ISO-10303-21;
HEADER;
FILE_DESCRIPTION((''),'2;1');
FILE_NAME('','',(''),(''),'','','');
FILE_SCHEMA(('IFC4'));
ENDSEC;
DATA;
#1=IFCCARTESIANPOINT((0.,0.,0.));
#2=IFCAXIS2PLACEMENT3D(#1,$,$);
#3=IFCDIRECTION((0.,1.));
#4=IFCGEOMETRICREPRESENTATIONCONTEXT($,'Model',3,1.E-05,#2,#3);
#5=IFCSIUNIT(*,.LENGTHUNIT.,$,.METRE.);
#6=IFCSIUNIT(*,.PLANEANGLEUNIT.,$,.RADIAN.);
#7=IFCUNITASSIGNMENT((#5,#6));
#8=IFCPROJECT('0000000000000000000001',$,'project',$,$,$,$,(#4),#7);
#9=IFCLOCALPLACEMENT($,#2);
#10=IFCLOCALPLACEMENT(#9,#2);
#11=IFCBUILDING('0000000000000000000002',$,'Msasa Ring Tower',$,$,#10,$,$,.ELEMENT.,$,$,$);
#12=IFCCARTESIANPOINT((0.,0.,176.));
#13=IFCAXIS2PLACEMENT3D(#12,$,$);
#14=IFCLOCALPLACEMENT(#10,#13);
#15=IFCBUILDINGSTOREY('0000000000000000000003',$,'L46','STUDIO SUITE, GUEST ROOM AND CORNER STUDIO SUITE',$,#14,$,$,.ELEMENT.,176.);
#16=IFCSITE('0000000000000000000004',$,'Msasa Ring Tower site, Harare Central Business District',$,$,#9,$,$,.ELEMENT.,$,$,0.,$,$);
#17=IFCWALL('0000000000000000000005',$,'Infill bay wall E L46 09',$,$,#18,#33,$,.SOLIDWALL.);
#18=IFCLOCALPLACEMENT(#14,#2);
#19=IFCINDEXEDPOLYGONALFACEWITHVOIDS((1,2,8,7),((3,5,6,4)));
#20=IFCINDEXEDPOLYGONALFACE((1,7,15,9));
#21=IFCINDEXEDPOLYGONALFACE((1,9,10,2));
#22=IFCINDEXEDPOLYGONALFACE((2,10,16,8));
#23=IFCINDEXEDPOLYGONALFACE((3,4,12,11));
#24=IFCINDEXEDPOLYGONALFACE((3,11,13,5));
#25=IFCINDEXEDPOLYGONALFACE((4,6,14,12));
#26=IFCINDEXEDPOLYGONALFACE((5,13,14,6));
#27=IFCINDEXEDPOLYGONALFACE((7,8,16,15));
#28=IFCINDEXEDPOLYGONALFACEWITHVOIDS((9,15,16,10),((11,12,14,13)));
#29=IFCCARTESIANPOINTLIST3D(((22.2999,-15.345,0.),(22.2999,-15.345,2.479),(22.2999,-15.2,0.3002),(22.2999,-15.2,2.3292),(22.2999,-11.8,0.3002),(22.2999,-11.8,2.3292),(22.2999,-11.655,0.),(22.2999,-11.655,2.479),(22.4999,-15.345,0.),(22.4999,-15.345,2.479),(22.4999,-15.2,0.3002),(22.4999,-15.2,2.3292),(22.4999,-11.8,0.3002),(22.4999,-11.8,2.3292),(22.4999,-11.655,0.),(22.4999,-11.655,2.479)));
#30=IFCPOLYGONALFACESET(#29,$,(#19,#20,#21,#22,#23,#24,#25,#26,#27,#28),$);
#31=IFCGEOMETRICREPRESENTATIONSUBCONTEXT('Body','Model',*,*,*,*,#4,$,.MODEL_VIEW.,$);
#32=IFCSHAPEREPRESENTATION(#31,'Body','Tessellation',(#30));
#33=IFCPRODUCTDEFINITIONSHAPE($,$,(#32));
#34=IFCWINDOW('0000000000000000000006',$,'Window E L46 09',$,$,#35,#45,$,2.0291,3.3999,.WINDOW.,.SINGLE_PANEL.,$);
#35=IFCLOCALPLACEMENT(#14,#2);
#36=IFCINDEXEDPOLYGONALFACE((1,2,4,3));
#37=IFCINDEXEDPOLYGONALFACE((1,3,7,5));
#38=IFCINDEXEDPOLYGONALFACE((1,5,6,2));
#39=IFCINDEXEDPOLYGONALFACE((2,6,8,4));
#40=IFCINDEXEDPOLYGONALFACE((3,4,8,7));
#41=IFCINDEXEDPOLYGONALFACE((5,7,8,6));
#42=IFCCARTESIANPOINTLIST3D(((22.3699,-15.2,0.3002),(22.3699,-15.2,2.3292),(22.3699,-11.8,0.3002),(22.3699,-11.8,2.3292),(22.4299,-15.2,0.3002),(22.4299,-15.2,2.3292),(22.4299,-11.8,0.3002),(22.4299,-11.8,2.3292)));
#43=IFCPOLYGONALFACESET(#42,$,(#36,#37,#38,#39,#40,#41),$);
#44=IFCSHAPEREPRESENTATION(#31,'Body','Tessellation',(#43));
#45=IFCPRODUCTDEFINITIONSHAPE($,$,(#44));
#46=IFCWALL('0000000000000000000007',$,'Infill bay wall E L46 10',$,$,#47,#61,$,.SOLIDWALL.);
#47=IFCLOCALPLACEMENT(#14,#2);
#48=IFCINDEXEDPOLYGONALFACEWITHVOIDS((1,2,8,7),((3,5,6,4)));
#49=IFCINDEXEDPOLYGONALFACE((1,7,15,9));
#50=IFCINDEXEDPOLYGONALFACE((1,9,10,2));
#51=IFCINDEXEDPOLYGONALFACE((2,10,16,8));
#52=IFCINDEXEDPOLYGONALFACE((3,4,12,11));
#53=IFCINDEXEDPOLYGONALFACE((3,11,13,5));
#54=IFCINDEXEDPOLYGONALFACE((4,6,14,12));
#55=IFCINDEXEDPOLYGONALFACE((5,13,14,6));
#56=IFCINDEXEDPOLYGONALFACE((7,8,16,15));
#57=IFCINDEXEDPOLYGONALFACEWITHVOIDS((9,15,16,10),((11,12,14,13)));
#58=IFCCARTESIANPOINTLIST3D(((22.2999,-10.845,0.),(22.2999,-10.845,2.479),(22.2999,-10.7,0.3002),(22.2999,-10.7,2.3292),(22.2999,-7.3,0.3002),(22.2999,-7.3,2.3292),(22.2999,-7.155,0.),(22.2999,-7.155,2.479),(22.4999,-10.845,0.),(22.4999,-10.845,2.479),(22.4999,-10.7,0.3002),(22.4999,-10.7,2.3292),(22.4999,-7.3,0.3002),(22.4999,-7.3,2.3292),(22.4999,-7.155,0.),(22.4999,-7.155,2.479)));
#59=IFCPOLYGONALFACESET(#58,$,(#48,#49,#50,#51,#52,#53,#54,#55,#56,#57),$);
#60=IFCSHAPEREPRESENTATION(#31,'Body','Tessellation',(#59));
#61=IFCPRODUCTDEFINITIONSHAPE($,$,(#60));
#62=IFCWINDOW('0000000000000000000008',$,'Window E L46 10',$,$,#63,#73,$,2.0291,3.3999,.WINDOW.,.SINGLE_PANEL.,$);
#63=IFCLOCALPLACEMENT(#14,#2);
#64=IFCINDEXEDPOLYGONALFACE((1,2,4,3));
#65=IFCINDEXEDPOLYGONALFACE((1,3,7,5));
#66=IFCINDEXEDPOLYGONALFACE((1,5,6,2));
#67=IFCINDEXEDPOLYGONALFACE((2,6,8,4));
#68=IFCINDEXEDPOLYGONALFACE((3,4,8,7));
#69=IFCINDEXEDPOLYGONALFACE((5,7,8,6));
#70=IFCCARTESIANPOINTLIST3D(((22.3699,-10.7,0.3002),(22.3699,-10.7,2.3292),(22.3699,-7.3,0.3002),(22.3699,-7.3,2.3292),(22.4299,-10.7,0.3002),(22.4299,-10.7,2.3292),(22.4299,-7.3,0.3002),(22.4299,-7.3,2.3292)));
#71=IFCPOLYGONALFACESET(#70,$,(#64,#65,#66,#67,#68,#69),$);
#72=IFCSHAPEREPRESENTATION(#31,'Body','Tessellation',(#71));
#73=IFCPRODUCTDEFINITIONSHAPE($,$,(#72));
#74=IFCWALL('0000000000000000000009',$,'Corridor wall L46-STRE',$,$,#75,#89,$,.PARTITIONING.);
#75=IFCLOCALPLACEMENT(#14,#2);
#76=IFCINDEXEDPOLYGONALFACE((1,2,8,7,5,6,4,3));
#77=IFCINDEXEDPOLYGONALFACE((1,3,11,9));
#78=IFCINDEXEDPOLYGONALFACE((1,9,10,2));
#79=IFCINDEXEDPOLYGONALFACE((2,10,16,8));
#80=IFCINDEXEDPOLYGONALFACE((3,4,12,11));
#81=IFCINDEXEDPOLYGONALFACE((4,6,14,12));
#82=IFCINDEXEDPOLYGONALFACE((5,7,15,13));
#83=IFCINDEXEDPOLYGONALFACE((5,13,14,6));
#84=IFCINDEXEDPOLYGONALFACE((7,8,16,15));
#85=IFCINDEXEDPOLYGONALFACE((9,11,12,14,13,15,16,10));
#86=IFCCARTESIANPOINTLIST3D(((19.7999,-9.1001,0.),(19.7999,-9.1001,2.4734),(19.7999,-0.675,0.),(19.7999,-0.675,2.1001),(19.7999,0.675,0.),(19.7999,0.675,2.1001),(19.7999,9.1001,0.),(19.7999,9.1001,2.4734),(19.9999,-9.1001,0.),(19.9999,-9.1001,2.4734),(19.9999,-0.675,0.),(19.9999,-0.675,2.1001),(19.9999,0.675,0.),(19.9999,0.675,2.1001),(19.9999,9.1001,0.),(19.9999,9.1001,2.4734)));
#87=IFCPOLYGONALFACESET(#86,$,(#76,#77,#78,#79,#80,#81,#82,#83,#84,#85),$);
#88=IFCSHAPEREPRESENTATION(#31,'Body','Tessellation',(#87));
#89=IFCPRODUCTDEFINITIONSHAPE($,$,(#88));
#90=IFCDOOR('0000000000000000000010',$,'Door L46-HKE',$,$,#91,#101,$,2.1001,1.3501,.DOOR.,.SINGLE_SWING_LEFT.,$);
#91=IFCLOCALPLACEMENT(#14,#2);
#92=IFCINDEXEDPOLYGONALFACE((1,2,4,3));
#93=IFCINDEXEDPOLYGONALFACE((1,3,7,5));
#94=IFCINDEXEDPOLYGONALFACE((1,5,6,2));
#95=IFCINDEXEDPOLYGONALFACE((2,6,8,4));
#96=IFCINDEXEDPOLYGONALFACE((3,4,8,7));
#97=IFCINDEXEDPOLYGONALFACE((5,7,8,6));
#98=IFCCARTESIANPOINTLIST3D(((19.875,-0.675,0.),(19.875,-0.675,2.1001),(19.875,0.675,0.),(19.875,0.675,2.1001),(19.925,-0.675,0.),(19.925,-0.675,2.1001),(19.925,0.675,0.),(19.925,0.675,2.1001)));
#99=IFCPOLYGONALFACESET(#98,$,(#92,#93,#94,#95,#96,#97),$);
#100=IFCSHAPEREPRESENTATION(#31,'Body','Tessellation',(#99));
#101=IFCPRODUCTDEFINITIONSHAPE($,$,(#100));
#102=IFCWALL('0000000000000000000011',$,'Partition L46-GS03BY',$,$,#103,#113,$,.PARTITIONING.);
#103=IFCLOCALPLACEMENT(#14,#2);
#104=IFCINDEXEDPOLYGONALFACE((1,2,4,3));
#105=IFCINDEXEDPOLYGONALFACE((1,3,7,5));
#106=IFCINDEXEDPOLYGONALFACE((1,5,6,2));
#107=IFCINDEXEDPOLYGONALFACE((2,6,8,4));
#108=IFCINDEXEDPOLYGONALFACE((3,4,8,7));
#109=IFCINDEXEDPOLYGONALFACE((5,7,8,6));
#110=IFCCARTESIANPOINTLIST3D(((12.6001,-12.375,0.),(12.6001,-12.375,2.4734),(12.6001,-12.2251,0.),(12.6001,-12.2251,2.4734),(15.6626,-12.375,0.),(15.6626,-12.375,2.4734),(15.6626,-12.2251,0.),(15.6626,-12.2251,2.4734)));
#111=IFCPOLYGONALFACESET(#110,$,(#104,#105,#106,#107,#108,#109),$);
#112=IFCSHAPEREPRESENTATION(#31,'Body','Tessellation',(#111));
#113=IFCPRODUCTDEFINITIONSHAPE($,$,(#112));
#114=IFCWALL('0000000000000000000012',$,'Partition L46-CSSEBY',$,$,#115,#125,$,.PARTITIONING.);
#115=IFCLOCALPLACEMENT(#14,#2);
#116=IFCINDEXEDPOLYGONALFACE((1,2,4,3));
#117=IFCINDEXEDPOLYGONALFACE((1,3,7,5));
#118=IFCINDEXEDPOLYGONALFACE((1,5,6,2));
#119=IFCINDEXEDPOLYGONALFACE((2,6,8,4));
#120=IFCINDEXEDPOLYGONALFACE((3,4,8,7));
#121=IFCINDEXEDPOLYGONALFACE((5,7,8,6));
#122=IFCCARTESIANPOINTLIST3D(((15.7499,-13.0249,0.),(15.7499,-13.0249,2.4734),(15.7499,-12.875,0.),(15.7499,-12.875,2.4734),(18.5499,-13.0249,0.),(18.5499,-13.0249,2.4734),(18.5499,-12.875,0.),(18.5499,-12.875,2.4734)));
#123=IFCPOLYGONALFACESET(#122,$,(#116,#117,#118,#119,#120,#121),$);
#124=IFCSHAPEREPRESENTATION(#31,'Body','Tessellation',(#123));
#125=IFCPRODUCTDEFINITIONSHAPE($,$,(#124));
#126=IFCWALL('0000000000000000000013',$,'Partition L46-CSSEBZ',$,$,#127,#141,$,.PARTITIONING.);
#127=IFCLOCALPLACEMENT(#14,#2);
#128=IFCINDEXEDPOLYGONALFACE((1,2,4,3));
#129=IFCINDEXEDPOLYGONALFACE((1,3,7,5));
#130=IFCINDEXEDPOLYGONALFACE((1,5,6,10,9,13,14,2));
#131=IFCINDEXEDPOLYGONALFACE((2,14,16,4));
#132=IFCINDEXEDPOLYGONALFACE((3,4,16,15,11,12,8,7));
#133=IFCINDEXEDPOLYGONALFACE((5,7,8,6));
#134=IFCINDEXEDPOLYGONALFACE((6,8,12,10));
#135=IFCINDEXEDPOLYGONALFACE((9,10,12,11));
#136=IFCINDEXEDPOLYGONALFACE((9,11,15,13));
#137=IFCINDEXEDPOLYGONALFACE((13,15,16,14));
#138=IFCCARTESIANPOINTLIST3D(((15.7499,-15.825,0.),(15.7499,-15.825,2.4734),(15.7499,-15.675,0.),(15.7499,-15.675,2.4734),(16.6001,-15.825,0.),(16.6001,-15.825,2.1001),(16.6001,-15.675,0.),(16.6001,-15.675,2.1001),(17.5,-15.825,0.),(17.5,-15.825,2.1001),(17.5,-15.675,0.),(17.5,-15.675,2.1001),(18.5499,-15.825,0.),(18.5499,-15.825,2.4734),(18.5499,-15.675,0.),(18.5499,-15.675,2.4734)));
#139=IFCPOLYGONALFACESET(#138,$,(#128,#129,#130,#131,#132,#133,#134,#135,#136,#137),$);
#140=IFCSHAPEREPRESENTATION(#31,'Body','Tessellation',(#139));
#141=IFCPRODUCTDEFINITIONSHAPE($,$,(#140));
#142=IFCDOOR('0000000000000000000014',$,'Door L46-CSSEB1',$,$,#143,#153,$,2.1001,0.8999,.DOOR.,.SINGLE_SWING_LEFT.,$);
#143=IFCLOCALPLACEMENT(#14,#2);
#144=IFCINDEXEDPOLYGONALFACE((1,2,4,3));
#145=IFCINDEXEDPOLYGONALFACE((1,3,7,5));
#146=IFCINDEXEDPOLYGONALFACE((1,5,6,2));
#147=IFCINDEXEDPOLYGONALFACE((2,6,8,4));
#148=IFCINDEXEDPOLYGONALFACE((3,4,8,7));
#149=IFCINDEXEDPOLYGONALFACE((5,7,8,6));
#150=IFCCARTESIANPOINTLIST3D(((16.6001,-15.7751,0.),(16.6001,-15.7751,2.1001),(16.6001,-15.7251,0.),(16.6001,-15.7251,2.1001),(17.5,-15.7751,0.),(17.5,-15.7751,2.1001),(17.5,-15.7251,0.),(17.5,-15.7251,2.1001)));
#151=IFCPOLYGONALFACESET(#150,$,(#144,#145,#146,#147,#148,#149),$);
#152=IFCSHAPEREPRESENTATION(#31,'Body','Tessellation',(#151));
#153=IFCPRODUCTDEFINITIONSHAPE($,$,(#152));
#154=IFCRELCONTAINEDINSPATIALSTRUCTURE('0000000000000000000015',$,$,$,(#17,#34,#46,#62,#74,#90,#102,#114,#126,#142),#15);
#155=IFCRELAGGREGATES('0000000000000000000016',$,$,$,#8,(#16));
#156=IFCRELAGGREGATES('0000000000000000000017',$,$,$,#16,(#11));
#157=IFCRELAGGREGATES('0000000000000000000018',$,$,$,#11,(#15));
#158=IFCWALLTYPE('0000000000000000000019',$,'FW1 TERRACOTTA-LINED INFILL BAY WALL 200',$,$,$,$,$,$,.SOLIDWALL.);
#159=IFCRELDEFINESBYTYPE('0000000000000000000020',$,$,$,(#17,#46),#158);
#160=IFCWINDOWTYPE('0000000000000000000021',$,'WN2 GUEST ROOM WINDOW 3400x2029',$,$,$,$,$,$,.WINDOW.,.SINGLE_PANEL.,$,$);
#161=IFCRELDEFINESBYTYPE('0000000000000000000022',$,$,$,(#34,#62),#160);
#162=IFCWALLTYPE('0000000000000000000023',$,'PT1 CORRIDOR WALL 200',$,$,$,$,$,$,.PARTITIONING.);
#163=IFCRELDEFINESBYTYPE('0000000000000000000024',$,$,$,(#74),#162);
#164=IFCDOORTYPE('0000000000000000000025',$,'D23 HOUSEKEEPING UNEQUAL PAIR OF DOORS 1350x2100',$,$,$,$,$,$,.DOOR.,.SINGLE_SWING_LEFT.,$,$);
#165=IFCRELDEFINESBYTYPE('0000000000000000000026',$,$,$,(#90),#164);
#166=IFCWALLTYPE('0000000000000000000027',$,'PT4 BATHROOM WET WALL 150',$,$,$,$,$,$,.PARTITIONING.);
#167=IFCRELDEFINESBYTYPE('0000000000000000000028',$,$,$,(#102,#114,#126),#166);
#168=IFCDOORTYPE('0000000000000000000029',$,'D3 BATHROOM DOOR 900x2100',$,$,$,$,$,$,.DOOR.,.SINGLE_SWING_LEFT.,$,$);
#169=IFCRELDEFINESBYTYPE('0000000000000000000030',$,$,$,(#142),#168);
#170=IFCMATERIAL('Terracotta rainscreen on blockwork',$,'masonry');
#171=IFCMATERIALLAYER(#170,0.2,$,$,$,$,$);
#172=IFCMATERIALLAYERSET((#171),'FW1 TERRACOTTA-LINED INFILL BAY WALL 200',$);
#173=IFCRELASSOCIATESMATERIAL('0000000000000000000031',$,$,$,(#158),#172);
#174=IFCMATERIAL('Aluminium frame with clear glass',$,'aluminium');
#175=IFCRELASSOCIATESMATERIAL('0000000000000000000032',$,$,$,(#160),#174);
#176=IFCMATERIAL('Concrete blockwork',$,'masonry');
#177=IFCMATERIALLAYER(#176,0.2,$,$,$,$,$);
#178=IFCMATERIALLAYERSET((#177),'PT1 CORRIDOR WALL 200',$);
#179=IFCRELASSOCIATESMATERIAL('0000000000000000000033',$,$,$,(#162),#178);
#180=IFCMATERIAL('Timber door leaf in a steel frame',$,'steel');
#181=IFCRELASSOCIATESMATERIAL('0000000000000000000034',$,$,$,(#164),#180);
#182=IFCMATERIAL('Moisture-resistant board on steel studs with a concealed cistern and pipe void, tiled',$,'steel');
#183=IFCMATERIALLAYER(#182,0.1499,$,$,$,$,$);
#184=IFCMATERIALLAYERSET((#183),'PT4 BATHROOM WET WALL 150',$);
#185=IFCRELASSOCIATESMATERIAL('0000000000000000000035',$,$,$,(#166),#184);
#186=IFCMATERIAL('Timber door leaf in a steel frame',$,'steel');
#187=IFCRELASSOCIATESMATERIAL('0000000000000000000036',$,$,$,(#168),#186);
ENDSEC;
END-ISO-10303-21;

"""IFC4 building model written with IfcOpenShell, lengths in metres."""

from ifc_helpers import new_model, si_unit, direction, frame, frame_2d, origin, place, context, subcontext, project, spatial, rectangle, extrude, material, layer, layer_set, type_object, element, fill, save


model = new_model("IFC4")

# Units and contexts
model_context = context("Model", 3, precision=1e-05, world=origin(), true_north=direction((0.0, 1.0)))
body_context = subcontext(model_context, "Body", "Model", "MODEL_VIEW")
ifc_project = project(units=[si_unit("LENGTHUNIT", "METRE"), si_unit("PLANEANGLEUNIT", "RADIAN")], contexts=[model_context])

# Site, building, storey
site_placement = place(None, origin())
site = spatial("IfcSite", under=ifc_project, at=site_placement, Name="Msasa Ring Tower site, Harare Central Business District", CompositionType="ELEMENT", RefElevation=0.0)
building_placement = place(site_placement, origin())
building = spatial("IfcBuilding", under=site, at=building_placement, Name="Msasa Ring Tower", CompositionType="ELEMENT")
storey_placement = place(building_placement, frame((0.0, 0.0, 176.0)))
storey = spatial("IfcBuildingStorey", under=building, at=storey_placement, Name="L46", Description="STUDIO SUITE, GUEST ROOM AND CORNER STUDIO SUITE", CompositionType="ELEMENT", Elevation=176.0)

# Walls, openings, windows
ifc_material_1 = material(Name="Terracotta rainscreen on blockwork", Category="masonry")
ifc_layer_1 = layer(ifc_material_1, 0.2)
ifc_layer_set_1 = layer_set([ifc_layer_1], Name="FW1 TERRACOTTA-LINED INFILL BAY WALL 200")
wall_type_1 = type_object("IfcWallType", Name="FW1 TERRACOTTA-LINED INFILL BAY WALL 200", PredefinedType="SOLIDWALL", material=ifc_layer_set_1)
wall_1_placement = place(storey_placement, frame((22.3999, -15.345, 0.0), z_axis=(0.0, 0.0, 1.0), x_axis=(0.0, 1.0, 0.0)))
wall_1 = element("IfcWall", 1, at=wall_1_placement, inside=storey, type_object=wall_type_1, Name="Infill bay wall E L46 09", PredefinedType="SOLIDWALL", context=body_context, shape_type="SweptSolid", body=[
    extrude(rectangle(XDim=3.6899, YDim=0.2, at=frame_2d((1.845, 0.0))), origin(), (0.0, 0.0, 1.0), 2.479),
])
opening_1_placement = place(wall_1_placement, frame((0.145, 0.0, 0.3)))
opening_1 = element("IfcOpeningElement", 2, at=opening_1_placement, cuts=wall_1, PredefinedType="OPENING", context=body_context, shape_type="SweptSolid", body=[
    extrude(rectangle(XDim=3.3999, YDim=2.0291, at=frame_2d((1.7, 1.0146))), frame((0.0, 0.1099, 0.0), z_axis=(0.0, -1.0, 0.0), x_axis=(1.0, 0.0, 0.0)), (0.0, 0.0, 1.0), 0.22),
])
ifc_material_2 = material(Name="Aluminium frame with clear glass", Category="aluminium")
window_type = type_object("IfcWindowType", Name="WN2 GUEST ROOM WINDOW 3400x2029", PartitioningType="SINGLE_PANEL", PredefinedType="WINDOW", material=ifc_material_2)
window_1_placement = place(opening_1_placement, origin())
window_1 = element("IfcWindow", 3, at=window_1_placement, inside=storey, type_object=window_type, Name="Window E L46 09", OverallHeight=2.0291, OverallWidth=3.3999, PartitioningType="SINGLE_PANEL", PredefinedType="WINDOW", context=body_context, shape_type="SweptSolid", body=[
    extrude(rectangle(XDim=3.3999, YDim=2.0291, at=frame_2d((1.7, 1.0146))), frame((0.0, 0.03, 0.0), z_axis=(0.0, -1.0, 0.0), x_axis=(1.0, 0.0, 0.0)), (0.0, 0.0, 1.0), 0.0601),
])
fill(opening_1, window_1)
wall_2_placement = place(storey_placement, frame((22.3999, -10.845, 0.0), z_axis=(0.0, 0.0, 1.0), x_axis=(0.0, 1.0, 0.0)))
wall_2 = element("IfcWall", 4, at=wall_2_placement, inside=storey, type_object=wall_type_1, Name="Infill bay wall E L46 10", PredefinedType="SOLIDWALL", context=body_context, shape_type="SweptSolid", body=[
    extrude(rectangle(XDim=3.6899, YDim=0.2, at=frame_2d((1.845, 0.0))), origin(), (0.0, 0.0, 1.0), 2.479),
])
opening_2_placement = place(wall_2_placement, frame((0.145, 0.0, 0.3)))
opening_2 = element("IfcOpeningElement", 5, at=opening_2_placement, cuts=wall_2, PredefinedType="OPENING", context=body_context, shape_type="SweptSolid", body=[
    extrude(rectangle(XDim=3.3999, YDim=2.0291, at=frame_2d((1.7, 1.0146))), frame((0.0, 0.1099, 0.0), z_axis=(0.0, -1.0, 0.0), x_axis=(1.0, 0.0, 0.0)), (0.0, 0.0, 1.0), 0.22),
])
window_2_placement = place(opening_2_placement, origin())
window_2 = element("IfcWindow", 6, at=window_2_placement, inside=storey, type_object=window_type, Name="Window E L46 10", OverallHeight=2.0291, OverallWidth=3.3999, PartitioningType="SINGLE_PANEL", PredefinedType="WINDOW", context=body_context, shape_type="SweptSolid", body=[
    extrude(rectangle(XDim=3.3999, YDim=2.0291, at=frame_2d((1.7, 1.0146))), frame((0.0, 0.03, 0.0), z_axis=(0.0, -1.0, 0.0), x_axis=(1.0, 0.0, 0.0)), (0.0, 0.0, 1.0), 0.0601),
])
fill(opening_2, window_2)

# Wall, opening, door
ifc_material_3 = material(Name="Concrete blockwork", Category="masonry")
ifc_layer_2 = layer(ifc_material_3, 0.2)
ifc_layer_set_2 = layer_set([ifc_layer_2], Name="PT1 CORRIDOR WALL 200")
wall_type_2 = type_object("IfcWallType", Name="PT1 CORRIDOR WALL 200", PredefinedType="PARTITIONING", material=ifc_layer_set_2)
wall_3_placement = place(storey_placement, frame((19.8999, -9.1001, 0.0), z_axis=(0.0, 0.0, 1.0), x_axis=(0.0, 1.0, 0.0)))
wall_3 = element("IfcWall", 7, at=wall_3_placement, inside=storey, type_object=wall_type_2, Name="Corridor wall L46-STRE", PredefinedType="PARTITIONING", context=body_context, shape_type="SweptSolid", body=[
    extrude(rectangle(XDim=18.2002, YDim=0.2, at=frame_2d((9.1001, 0.0))), origin(), (0.0, 0.0, 1.0), 2.4734),
])
opening_3_placement = place(wall_3_placement, frame((8.425, 0.0, 0.0)))
opening_3 = element("IfcOpeningElement", 8, at=opening_3_placement, cuts=wall_3, PredefinedType="OPENING", context=body_context, shape_type="SweptSolid", body=[
    extrude(rectangle(XDim=1.3501, YDim=2.1001, at=frame_2d((0.675, 1.05))), frame((0.0, 0.1099, 0.0), z_axis=(0.0, -1.0, 0.0), x_axis=(1.0, 0.0, 0.0)), (0.0, 0.0, 1.0), 0.22),
])
ifc_material_4 = material(Name="Timber door leaf in a steel frame", Category="steel")
door_type_1 = type_object("IfcDoorType", Name="D23 HOUSEKEEPING UNEQUAL PAIR OF DOORS 1350x2100", OperationType="SINGLE_SWING_LEFT", PredefinedType="DOOR", material=ifc_material_4)
door_1_placement = place(opening_3_placement, origin())
door_1 = element("IfcDoor", 9, at=door_1_placement, inside=storey, type_object=door_type_1, Name="Door L46-HKE", OperationType="SINGLE_SWING_LEFT", OverallHeight=2.1001, OverallWidth=1.3501, PredefinedType="DOOR", context=body_context, shape_type="SweptSolid", body=[
    extrude(rectangle(XDim=1.3501, YDim=2.1001, at=frame_2d((0.675, 1.05))), frame((0.0, 0.0249, 0.0), z_axis=(0.0, -1.0, 0.0), x_axis=(1.0, 0.0, 0.0)), (0.0, 0.0, 1.0), 0.05),
])
fill(opening_3, door_1)

# Walls
ifc_material_5 = material(Name="Moisture-resistant board on steel studs with a concealed cistern and pipe void, tiled", Category="steel")
ifc_layer_3 = layer(ifc_material_5, 0.1499)
ifc_layer_set_3 = layer_set([ifc_layer_3], Name="PT4 BATHROOM WET WALL 150")
wall_type_3 = type_object("IfcWallType", Name="PT4 BATHROOM WET WALL 150", PredefinedType="PARTITIONING", material=ifc_layer_set_3)
wall_4_placement = place(storey_placement, frame((12.6001, -12.3, 0.0), z_axis=(0.0, 0.0, 1.0), x_axis=(1.0, 0.0, 0.0)))
element("IfcWall", 10, at=wall_4_placement, inside=storey, type_object=wall_type_3, Name="Partition L46-GS03BY", PredefinedType="PARTITIONING", context=body_context, shape_type="SweptSolid", body=[
    extrude(rectangle(XDim=3.0625, YDim=0.1499, at=frame_2d((1.5312, 0.0))), origin(), (0.0, 0.0, 1.0), 2.4734),
])
wall_5_placement = place(storey_placement, frame((15.75, -12.95, 0.0), z_axis=(0.0, 0.0, 1.0), x_axis=(1.0, 0.0, 0.0)))
element("IfcWall", 11, at=wall_5_placement, inside=storey, type_object=wall_type_3, Name="Partition L46-CSSEBY", PredefinedType="PARTITIONING", context=body_context, shape_type="SweptSolid", body=[
    extrude(rectangle(XDim=2.8, YDim=0.1499, at=frame_2d((1.3999, 0.0))), origin(), (0.0, 0.0, 1.0), 2.4734),
])

# Wall, opening, door
wall_6_placement = place(storey_placement, frame((15.75, -15.75, 0.0), z_axis=(0.0, 0.0, 1.0), x_axis=(1.0, 0.0, 0.0)))
wall_6 = element("IfcWall", 12, at=wall_6_placement, inside=storey, type_object=wall_type_3, Name="Partition L46-CSSEBZ", PredefinedType="PARTITIONING", context=body_context, shape_type="SweptSolid", body=[
    extrude(rectangle(XDim=2.8, YDim=0.1499, at=frame_2d((1.3999, 0.0))), origin(), (0.0, 0.0, 1.0), 2.4734),
])
opening_4_placement = place(wall_6_placement, frame((0.8501, 0.0, 0.0)))
opening_4 = element("IfcOpeningElement", 13, at=opening_4_placement, cuts=wall_6, PredefinedType="OPENING", context=body_context, shape_type="SweptSolid", body=[
    extrude(rectangle(XDim=0.8999, YDim=2.1001, at=frame_2d((0.45, 1.05))), frame((0.0, 0.085, 0.0), z_axis=(0.0, -1.0, 0.0), x_axis=(1.0, 0.0, 0.0)), (0.0, 0.0, 1.0), 0.1699),
])
ifc_material_6 = material(Name="Timber door leaf in a steel frame", Category="steel")
door_type_2 = type_object("IfcDoorType", Name="D3 BATHROOM DOOR 900x2100", OperationType="SINGLE_SWING_LEFT", PredefinedType="DOOR", material=ifc_material_6)
door_2_placement = place(opening_4_placement, origin())
door_2 = element("IfcDoor", 14, at=door_2_placement, inside=storey, type_object=door_type_2, Name="Door L46-CSSEB1", OperationType="SINGLE_SWING_LEFT", OverallHeight=2.1001, OverallWidth=0.8999, PredefinedType="DOOR", context=body_context, shape_type="SweptSolid", body=[
    extrude(rectangle(XDim=0.8999, YDim=2.1001, at=frame_2d((0.45, 1.05))), frame((0.0, 0.0249, 0.0), z_axis=(0.0, -1.0, 0.0), x_axis=(1.0, 0.0, 0.0)), (0.0, 0.0, 1.0), 0.05),
])
fill(opening_4, door_2)

save(model, "model.ifc")
